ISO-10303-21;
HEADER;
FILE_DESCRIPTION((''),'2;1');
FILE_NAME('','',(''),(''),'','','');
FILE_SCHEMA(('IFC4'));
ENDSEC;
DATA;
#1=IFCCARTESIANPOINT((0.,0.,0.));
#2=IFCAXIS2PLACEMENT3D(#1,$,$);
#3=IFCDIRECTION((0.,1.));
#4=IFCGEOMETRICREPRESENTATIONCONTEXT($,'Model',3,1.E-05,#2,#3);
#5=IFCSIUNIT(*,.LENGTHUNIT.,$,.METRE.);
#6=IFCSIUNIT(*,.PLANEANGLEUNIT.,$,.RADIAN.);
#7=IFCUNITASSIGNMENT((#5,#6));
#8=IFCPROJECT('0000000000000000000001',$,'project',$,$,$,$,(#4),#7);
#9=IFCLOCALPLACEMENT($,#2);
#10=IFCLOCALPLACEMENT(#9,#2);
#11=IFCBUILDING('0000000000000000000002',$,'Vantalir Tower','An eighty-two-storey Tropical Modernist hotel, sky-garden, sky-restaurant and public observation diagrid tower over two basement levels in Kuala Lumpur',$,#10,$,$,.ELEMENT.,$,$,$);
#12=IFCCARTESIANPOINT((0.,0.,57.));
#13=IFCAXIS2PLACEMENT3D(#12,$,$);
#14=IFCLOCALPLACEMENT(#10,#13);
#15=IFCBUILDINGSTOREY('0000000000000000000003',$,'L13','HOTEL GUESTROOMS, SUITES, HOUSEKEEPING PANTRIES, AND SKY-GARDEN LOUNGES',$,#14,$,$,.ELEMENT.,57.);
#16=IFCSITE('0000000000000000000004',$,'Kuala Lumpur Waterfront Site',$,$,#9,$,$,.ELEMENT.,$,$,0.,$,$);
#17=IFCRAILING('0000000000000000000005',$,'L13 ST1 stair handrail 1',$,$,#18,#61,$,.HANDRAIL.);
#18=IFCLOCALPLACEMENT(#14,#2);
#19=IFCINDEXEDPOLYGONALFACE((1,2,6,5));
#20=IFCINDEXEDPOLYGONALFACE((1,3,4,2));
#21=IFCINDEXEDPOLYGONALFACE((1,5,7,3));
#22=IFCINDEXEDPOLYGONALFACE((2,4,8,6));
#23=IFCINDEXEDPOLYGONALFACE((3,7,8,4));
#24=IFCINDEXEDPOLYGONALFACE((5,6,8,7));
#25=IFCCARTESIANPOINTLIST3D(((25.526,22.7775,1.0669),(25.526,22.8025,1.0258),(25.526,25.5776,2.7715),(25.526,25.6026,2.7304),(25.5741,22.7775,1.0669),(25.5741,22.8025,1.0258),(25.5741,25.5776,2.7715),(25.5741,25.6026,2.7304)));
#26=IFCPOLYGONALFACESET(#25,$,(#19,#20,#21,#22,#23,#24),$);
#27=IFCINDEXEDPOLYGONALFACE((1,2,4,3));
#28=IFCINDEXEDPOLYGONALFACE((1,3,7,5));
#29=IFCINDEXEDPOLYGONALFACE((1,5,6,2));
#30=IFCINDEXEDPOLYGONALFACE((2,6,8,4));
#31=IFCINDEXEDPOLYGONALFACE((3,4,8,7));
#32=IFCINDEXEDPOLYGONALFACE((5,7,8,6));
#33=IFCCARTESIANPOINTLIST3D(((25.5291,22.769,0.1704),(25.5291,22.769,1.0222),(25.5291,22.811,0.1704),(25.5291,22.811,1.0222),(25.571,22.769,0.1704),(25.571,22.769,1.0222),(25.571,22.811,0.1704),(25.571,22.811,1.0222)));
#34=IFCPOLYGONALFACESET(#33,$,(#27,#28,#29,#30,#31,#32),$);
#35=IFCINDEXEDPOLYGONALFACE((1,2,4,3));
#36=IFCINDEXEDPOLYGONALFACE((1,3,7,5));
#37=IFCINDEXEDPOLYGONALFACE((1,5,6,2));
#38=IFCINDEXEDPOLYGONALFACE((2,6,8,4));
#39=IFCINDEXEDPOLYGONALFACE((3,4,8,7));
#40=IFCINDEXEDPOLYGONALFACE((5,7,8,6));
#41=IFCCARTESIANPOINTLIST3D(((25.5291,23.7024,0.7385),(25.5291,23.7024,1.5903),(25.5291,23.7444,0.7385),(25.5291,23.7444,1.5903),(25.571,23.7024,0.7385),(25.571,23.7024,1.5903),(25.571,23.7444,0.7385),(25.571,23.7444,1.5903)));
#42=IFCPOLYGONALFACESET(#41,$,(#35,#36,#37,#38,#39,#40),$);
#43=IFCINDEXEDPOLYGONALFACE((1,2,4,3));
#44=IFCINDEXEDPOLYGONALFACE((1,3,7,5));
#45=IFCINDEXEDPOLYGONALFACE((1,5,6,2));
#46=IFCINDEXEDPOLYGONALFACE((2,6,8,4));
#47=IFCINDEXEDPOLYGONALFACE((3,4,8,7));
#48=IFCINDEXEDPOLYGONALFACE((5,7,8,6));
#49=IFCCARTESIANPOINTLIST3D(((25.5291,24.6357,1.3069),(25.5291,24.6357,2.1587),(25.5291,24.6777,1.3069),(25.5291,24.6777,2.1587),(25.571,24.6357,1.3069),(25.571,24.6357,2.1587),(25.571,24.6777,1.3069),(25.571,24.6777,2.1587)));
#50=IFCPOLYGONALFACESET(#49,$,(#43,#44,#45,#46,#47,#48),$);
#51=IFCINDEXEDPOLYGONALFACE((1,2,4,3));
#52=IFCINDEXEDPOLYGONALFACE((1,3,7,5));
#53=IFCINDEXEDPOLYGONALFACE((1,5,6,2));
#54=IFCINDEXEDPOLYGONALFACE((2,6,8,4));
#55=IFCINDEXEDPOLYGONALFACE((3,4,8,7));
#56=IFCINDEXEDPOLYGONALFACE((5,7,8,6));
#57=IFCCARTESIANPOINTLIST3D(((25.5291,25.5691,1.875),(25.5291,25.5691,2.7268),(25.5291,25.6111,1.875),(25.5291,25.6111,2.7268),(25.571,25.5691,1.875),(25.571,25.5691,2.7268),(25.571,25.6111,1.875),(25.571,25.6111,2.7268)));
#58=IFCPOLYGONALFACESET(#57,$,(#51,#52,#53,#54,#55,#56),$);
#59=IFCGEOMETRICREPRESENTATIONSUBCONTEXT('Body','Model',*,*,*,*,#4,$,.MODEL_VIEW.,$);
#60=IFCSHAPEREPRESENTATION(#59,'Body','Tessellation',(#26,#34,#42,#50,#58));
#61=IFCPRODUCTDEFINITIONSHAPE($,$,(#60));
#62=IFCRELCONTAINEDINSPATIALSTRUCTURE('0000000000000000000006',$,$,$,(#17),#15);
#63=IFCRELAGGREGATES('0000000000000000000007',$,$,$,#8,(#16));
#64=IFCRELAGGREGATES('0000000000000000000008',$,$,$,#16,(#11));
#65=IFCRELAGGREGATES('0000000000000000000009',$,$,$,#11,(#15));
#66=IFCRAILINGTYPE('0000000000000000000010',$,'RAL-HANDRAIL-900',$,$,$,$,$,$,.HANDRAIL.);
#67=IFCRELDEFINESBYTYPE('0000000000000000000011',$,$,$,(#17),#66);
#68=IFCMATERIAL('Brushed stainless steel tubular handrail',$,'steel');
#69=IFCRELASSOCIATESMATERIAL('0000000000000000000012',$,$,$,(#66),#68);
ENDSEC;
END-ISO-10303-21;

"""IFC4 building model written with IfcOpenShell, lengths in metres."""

from ifc_helpers import new_model, si_unit, direction, frame, origin, origin_2d, place, context, subcontext, project, spatial, rectangle, extrude, material, type_object, element, save


model = new_model("IFC4")

# Units and contexts
model_context = context("Model", 3, precision=1e-05, world=origin(), true_north=direction((0.0, 1.0)))
body_context = subcontext(model_context, "Body", "Model", "MODEL_VIEW")
ifc_project = project(units=[si_unit("LENGTHUNIT", "METRE"), si_unit("PLANEANGLEUNIT", "RADIAN")], contexts=[model_context])

# Site, building, storey
site_placement = place(None, origin())
site = spatial("IfcSite", under=ifc_project, at=site_placement, Name="Kuala Lumpur Waterfront Site", CompositionType="ELEMENT", RefElevation=0.0)
building_placement = place(site_placement, origin())
building = spatial("IfcBuilding", under=site, at=building_placement, Name="Vantalir Tower", Description="An eighty-two-storey Tropical Modernist hotel, sky-garden, sky-restaurant and public observation diagrid tower over two basement levels in Kuala Lumpur", CompositionType="ELEMENT")
storey_placement = place(building_placement, frame((0.0, 0.0, 57.0)))
storey = spatial("IfcBuildingStorey", under=building, at=storey_placement, Name="L13", Description="HOTEL GUESTROOMS, SUITES, HOUSEKEEPING PANTRIES, AND SKY-GARDEN LOUNGES", CompositionType="ELEMENT", Elevation=57.0)

# Railing
ifc_material_1 = material(Name="Brushed stainless steel tubular handrail", Category="steel")
railing_type_1 = type_object("IfcRailingType", Name="RAL-HANDRAIL-900", PredefinedType="HANDRAIL", material=ifc_material_1)
railing_1_placement = place(storey_placement, frame((25.55, 22.79, 0.1704)))
element("IfcRailing", 1, at=railing_1_placement, inside=storey, type_object=railing_type_1, Name="L13 ST1 stair handrail 1", PredefinedType="HANDRAIL", context=body_context, shape_type="SweptSolid", body=[
    extrude(rectangle(XDim=0.0481, YDim=0.0481, at=origin_2d()), frame((0.0, 0.0, 0.876), z_axis=(0.0, 0.85417, 0.519994), x_axis=(-1.0, 0.0, 0.0)), (0.0, 0.0, 1.0), 3.2781),
    extrude(rectangle(XDim=0.042, YDim=0.042, at=origin_2d()), origin(), (0.0, 0.0, 1.0), 0.8518),
    extrude(rectangle(XDim=0.042, YDim=0.042, at=origin_2d()), frame((0.0, 0.9333, 0.5681)), (0.0, 0.0, 1.0), 0.8518),
    extrude(rectangle(XDim=0.042, YDim=0.042, at=origin_2d()), frame((0.0, 1.8667, 1.1365)), (0.0, 0.0, 1.0), 0.8518),
    extrude(rectangle(XDim=0.042, YDim=0.042, at=origin_2d()), frame((0.0, 2.8, 1.7046)), (0.0, 0.0, 1.0), 0.8518),
])

save(model, "model.ifc")
